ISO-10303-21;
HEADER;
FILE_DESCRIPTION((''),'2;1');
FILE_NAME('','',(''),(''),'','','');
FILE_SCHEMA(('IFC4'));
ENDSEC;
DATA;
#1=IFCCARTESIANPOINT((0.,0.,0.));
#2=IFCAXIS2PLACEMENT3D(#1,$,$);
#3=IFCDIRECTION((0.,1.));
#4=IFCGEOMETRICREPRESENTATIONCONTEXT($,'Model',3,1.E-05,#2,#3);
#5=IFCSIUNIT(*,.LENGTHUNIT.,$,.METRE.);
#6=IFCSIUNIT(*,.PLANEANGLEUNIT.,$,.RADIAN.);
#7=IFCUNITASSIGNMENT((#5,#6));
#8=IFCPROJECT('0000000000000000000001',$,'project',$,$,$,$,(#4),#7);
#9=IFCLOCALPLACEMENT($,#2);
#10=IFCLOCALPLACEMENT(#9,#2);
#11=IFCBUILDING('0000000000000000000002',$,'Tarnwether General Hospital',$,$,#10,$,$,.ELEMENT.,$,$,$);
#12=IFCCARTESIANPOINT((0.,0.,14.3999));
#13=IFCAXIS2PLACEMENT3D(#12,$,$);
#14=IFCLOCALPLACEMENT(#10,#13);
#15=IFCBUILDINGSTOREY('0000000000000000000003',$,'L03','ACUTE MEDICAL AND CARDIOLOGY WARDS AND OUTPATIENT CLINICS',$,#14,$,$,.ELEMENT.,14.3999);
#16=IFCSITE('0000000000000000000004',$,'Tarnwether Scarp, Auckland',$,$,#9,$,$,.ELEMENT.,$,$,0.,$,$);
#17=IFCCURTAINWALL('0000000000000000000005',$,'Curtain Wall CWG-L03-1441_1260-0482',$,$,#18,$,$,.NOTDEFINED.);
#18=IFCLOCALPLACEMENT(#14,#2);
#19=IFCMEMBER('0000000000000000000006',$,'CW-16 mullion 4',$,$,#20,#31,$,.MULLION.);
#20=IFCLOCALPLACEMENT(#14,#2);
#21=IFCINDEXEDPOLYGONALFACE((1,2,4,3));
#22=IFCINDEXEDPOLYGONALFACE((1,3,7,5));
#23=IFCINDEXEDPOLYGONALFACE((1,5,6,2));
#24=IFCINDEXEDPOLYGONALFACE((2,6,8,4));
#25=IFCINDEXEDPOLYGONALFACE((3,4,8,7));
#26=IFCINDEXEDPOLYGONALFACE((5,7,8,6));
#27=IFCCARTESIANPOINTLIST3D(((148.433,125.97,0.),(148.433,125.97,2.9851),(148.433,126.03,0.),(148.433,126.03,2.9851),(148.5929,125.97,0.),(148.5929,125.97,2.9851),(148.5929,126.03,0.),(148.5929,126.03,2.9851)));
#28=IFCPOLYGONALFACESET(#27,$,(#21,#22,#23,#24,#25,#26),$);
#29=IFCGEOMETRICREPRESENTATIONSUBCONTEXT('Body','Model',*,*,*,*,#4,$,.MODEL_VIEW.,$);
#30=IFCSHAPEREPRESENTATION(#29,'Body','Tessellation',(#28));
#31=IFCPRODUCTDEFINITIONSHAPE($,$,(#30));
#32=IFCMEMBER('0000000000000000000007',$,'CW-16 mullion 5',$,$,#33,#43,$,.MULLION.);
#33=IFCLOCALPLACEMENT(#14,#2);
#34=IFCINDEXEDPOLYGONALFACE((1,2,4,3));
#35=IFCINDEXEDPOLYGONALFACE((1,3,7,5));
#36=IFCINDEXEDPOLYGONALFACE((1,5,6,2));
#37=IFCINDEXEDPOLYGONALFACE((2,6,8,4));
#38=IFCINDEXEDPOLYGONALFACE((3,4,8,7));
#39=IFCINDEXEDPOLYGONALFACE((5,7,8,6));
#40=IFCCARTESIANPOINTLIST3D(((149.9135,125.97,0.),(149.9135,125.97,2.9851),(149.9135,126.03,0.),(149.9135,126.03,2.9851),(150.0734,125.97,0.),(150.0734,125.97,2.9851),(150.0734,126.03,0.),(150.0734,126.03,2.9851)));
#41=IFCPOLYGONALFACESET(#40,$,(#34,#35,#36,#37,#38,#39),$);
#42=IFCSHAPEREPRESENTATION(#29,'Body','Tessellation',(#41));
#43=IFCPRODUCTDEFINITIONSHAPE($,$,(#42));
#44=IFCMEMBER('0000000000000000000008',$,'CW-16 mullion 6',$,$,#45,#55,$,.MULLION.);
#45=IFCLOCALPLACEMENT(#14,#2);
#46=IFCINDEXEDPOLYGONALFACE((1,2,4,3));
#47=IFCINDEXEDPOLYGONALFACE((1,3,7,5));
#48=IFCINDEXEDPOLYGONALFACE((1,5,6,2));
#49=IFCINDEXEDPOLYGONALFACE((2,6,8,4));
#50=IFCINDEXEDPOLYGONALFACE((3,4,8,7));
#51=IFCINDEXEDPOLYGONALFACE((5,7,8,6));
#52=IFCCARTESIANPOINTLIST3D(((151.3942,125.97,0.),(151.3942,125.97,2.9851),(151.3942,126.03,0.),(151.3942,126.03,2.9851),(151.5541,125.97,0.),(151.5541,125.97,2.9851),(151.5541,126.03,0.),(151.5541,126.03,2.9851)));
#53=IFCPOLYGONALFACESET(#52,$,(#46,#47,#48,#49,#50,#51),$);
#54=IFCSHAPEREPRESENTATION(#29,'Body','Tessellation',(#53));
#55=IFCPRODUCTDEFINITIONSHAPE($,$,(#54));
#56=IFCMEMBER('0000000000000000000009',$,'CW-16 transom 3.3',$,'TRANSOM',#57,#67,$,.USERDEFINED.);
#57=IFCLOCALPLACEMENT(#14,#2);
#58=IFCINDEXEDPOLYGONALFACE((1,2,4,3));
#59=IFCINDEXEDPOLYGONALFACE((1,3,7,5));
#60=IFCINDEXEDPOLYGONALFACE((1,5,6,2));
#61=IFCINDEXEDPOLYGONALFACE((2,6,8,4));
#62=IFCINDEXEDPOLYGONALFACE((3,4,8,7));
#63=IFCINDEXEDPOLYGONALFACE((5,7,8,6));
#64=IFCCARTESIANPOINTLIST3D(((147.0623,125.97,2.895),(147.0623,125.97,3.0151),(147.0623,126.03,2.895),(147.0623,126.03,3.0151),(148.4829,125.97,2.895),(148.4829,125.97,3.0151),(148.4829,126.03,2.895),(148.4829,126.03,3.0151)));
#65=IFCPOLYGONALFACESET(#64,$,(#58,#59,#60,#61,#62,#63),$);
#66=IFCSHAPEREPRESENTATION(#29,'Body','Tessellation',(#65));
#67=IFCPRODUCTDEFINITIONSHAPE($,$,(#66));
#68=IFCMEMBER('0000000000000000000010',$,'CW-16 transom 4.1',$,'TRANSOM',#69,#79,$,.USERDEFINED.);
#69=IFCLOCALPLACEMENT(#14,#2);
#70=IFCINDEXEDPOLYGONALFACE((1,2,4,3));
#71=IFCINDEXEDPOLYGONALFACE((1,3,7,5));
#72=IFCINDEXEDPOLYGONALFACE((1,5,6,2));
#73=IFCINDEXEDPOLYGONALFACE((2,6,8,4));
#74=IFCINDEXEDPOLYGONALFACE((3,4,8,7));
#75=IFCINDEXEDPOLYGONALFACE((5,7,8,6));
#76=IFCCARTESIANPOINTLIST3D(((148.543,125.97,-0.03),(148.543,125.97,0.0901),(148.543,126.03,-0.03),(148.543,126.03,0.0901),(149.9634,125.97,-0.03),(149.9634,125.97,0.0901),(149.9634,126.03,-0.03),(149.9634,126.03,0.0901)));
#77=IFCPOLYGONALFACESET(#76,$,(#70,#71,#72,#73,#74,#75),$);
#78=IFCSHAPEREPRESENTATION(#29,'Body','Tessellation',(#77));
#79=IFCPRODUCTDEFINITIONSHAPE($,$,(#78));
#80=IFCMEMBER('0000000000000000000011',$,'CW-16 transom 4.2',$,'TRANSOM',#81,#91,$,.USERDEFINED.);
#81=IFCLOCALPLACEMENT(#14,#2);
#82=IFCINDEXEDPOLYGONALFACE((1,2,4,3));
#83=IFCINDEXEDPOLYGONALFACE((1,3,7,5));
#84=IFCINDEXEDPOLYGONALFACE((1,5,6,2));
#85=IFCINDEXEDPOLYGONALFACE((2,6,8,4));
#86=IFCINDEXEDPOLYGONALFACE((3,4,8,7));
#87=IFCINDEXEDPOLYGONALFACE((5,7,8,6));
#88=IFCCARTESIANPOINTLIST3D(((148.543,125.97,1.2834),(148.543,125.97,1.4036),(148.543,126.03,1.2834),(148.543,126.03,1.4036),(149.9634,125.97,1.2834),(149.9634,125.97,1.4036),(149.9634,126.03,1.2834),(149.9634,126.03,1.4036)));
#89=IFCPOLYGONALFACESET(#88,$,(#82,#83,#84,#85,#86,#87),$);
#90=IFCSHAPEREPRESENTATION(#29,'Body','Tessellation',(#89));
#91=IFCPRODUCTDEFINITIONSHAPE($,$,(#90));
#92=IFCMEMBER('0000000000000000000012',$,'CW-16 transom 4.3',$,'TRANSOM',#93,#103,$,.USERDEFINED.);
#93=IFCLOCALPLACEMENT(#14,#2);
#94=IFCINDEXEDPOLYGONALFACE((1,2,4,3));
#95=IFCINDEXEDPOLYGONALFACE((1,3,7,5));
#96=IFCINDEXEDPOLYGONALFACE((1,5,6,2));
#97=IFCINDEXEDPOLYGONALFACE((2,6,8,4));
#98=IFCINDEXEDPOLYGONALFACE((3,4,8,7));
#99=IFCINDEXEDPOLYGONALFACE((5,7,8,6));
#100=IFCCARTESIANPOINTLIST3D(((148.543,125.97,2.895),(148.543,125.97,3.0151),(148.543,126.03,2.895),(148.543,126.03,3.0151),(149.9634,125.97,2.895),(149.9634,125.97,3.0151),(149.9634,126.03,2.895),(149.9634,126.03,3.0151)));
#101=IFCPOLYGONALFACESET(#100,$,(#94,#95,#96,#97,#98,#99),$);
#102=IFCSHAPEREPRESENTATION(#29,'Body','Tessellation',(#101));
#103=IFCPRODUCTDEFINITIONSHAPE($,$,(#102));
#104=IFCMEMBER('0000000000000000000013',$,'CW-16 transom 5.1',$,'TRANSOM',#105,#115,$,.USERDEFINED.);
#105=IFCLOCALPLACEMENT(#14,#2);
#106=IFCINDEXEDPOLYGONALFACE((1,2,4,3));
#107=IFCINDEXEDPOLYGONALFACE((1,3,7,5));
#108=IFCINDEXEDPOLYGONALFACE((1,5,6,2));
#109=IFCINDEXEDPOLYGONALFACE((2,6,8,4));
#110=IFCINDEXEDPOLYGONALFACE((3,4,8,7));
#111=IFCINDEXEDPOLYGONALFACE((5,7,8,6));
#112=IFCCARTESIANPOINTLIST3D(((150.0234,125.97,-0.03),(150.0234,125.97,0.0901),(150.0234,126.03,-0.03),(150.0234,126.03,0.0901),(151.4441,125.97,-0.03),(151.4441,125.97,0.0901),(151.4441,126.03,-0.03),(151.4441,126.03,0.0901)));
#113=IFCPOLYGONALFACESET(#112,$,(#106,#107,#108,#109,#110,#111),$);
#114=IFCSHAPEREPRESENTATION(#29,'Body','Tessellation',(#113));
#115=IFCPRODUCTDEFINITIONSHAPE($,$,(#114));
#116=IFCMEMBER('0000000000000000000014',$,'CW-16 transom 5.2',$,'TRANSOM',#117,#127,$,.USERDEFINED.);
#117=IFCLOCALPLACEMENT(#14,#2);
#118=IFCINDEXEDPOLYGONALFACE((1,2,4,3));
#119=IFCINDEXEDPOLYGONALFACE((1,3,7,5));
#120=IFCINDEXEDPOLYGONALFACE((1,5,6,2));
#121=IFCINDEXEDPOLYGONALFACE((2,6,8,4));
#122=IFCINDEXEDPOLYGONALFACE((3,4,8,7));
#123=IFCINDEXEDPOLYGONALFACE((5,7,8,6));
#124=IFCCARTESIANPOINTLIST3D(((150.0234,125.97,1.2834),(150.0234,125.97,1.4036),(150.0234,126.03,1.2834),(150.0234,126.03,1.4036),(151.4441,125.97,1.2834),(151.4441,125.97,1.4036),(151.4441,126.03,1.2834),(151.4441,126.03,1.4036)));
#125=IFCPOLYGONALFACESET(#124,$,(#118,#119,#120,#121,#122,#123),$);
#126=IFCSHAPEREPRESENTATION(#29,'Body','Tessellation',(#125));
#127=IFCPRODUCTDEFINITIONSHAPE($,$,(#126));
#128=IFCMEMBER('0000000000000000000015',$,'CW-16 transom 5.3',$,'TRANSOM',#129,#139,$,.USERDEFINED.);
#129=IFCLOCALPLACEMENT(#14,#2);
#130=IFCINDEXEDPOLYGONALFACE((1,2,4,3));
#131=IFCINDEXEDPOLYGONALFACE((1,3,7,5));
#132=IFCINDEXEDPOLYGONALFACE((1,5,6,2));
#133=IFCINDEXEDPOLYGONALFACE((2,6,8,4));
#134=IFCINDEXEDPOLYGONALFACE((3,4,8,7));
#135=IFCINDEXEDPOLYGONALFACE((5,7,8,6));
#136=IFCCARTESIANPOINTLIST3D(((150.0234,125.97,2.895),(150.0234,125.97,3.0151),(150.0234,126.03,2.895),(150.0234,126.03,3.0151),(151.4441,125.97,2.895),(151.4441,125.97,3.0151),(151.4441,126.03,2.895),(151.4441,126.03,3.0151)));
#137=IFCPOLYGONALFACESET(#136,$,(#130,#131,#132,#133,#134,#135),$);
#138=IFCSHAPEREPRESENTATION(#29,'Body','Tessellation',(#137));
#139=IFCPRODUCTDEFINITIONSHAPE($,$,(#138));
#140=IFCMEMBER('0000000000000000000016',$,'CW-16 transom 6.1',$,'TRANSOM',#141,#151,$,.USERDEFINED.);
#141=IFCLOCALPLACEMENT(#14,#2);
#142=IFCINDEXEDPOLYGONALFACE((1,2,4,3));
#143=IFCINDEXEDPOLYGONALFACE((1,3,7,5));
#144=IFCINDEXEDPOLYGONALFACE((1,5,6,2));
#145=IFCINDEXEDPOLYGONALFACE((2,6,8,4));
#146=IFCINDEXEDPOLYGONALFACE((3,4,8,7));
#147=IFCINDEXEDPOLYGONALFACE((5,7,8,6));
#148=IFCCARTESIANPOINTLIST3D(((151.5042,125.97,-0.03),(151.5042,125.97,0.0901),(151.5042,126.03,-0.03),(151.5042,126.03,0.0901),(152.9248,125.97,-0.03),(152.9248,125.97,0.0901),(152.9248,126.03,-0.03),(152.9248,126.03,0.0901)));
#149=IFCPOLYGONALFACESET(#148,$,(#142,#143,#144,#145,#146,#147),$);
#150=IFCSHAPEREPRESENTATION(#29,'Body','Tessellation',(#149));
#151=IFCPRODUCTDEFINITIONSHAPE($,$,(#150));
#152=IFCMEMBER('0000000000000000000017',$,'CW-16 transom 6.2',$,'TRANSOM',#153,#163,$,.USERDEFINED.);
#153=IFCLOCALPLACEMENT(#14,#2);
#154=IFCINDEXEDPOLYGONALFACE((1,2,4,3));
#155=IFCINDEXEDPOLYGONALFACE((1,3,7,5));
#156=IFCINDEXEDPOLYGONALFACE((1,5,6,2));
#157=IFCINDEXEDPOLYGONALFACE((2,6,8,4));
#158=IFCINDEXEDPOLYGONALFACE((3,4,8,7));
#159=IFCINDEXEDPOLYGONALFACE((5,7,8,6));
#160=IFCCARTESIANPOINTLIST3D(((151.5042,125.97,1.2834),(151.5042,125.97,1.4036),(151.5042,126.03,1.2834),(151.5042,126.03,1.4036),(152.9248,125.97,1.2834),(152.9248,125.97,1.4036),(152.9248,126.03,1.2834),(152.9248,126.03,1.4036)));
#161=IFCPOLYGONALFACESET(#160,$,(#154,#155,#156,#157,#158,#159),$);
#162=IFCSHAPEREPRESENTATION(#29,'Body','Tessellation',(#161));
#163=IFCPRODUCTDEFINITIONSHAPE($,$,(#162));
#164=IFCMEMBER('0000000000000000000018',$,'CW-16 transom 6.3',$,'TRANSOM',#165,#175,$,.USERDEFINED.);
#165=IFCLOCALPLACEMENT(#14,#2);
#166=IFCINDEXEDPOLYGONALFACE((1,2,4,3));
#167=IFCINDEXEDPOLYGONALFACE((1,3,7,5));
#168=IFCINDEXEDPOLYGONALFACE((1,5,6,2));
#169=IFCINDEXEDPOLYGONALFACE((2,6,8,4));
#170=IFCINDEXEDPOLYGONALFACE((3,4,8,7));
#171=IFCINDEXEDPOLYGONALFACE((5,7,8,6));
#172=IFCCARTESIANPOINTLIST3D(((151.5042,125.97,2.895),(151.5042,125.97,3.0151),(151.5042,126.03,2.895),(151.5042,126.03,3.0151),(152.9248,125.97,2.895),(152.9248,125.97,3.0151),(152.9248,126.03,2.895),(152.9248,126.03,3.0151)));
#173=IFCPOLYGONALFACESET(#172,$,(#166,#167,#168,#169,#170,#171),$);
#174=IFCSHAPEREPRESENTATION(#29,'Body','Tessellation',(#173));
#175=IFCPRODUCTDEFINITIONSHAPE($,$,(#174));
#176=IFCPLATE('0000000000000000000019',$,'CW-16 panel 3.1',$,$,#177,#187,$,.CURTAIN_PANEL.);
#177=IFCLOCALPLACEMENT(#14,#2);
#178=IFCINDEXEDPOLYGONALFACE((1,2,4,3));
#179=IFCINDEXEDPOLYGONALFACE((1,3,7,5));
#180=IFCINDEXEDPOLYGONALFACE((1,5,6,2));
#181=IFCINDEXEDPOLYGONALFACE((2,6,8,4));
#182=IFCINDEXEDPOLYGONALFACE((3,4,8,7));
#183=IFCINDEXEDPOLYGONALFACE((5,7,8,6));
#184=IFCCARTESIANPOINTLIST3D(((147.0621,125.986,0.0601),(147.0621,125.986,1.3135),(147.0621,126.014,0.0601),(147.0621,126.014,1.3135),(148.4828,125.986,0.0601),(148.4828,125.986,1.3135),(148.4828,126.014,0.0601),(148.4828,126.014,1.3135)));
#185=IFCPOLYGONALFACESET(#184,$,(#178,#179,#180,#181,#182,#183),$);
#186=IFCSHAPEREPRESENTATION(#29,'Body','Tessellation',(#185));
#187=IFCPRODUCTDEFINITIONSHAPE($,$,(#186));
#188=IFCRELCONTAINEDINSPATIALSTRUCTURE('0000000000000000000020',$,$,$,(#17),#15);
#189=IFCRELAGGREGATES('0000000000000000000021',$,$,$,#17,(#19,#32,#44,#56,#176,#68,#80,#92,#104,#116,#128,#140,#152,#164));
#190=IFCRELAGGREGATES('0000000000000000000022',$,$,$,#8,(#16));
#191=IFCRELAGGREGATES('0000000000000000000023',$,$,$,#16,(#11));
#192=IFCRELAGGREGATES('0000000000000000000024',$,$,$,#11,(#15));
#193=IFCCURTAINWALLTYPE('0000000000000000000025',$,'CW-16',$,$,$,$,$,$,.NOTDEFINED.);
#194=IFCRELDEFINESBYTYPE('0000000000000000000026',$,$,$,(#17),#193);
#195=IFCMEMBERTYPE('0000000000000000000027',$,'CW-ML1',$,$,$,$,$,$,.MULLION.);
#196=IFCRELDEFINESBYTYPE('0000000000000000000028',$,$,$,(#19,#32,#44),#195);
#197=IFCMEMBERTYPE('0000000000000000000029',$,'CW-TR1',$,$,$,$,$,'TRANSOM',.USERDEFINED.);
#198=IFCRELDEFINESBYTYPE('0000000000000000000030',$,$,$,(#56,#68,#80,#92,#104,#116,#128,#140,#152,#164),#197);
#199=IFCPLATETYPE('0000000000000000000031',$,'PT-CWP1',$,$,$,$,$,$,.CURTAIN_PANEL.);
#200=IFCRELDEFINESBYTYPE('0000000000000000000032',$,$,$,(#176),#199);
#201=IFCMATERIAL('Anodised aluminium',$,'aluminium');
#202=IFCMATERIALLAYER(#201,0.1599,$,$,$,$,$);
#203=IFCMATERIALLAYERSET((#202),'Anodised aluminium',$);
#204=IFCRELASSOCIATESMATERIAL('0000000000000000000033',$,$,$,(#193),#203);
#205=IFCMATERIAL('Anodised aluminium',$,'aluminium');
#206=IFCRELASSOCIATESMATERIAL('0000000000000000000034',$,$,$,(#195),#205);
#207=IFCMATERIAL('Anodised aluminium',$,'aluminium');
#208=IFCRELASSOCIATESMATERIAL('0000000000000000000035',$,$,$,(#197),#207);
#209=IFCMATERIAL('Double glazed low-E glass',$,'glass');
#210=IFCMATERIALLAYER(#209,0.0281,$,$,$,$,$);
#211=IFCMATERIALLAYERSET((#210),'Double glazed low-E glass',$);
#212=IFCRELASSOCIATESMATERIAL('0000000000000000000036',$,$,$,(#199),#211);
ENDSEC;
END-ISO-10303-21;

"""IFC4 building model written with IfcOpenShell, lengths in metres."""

from ifc_helpers import new_model, si_unit, direction, frame, origin, origin_2d, place, context, subcontext, project, spatial, rectangle, extrude, material, layer, layer_set, material_profile, profile_set, type_object, element, aggregate, save


model = new_model("IFC4")

# Units and contexts
model_context = context("Model", 3, precision=1e-05, world=origin(), true_north=direction((0.0, 1.0)))
body_context = subcontext(model_context, "Body", "Model", "MODEL_VIEW")
ifc_project = project(units=[si_unit("LENGTHUNIT", "METRE"), si_unit("PLANEANGLEUNIT", "RADIAN")], contexts=[model_context])

# Site, building, storey
site_placement = place(None, origin())
site = spatial("IfcSite", under=ifc_project, at=site_placement, Name="Tarnwether Scarp, Auckland", CompositionType="ELEMENT", RefElevation=0.0)
building_placement = place(site_placement, origin())
building = spatial("IfcBuilding", under=site, at=building_placement, Name="Tarnwether General Hospital", CompositionType="ELEMENT")
storey_placement = place(building_placement, frame((0.0, 0.0, 14.3999)))
storey = spatial("IfcBuildingStorey", under=building, at=storey_placement, Name="L03", Description="ACUTE MEDICAL AND CARDIOLOGY WARDS AND OUTPATIENT CLINICS", CompositionType="ELEMENT", Elevation=14.3999)

# Curtain wall, members, plate
ifc_material_1 = material(Name="Anodised aluminium", Category="aluminium")
ifc_layer_1 = layer(ifc_material_1, 0.1599)
ifc_layer_set_1 = layer_set([ifc_layer_1], Name="Anodised aluminium")
curtain_wall_type = type_object("IfcCurtainWallType", Name="CW-16", PredefinedType="NOTDEFINED", material=ifc_layer_set_1)
curtain_wall_placement = place(storey_placement, origin())
curtain_wall = element("IfcCurtainWall", 1, at=curtain_wall_placement, inside=storey, type_object=curtain_wall_type, Name="Curtain Wall CWG-L03-1441_1260-0482", PredefinedType="NOTDEFINED")
ifc_material_2 = material(Name="Anodised aluminium", Category="aluminium")
ifc_material_profile_1 = material_profile(ifc_material_2, rectangle(XDim=0.0601, YDim=0.1599, at=origin_2d()), Name="ALU-MUL-60x160")
ifc_profile_set_1 = profile_set([ifc_material_profile_1], Name="Anodised aluminium")
member_type_1 = type_object("IfcMemberType", Name="CW-ML1", PredefinedType="MULLION", material=ifc_profile_set_1)
member_1_placement = place(storey_placement, frame((148.5129, 126.0, 0.0), z_axis=(0.0, 0.0, 1.0), x_axis=(0.0, 1.0, 0.0)))
member_1 = element("IfcMember", 2, at=member_1_placement, type_object=member_type_1, Name="CW-16 mullion 4", PredefinedType="MULLION", context=body_context, shape_type="SweptSolid", body=[
    extrude(rectangle(XDim=0.0601, YDim=0.1599, at=origin_2d()), origin(), (0.0, 0.0, 1.0), 2.9851),
])
member_2_placement = place(storey_placement, frame((149.9934, 126.0, 0.0), z_axis=(0.0, 0.0, 1.0), x_axis=(0.0, 1.0, 0.0)))
member_2 = element("IfcMember", 3, at=member_2_placement, type_object=member_type_1, Name="CW-16 mullion 5", PredefinedType="MULLION", context=body_context, shape_type="SweptSolid", body=[
    extrude(rectangle(XDim=0.0601, YDim=0.1599, at=origin_2d()), origin(), (0.0, 0.0, 1.0), 2.9851),
])
member_3_placement = place(storey_placement, frame((151.4741, 126.0, 0.0), z_axis=(0.0, 0.0, 1.0), x_axis=(0.0, 1.0, 0.0)))
member_3 = element("IfcMember", 4, at=member_3_placement, type_object=member_type_1, Name="CW-16 mullion 6", PredefinedType="MULLION", context=body_context, shape_type="SweptSolid", body=[
    extrude(rectangle(XDim=0.0601, YDim=0.1599, at=origin_2d()), origin(), (0.0, 0.0, 1.0), 2.9851),
])
ifc_material_3 = material(Name="Anodised aluminium", Category="aluminium")
ifc_material_profile_2 = material_profile(ifc_material_3, rectangle(XDim=0.0601, YDim=0.1201, at=origin_2d()), Name="ALU-TRN-60x120")
ifc_profile_set_2 = profile_set([ifc_material_profile_2], Name="Anodised aluminium")
member_type_2 = type_object("IfcMemberType", Name="CW-TR1", ElementType="TRANSOM", PredefinedType="USERDEFINED", material=ifc_profile_set_2)
member_4_placement = place(storey_placement, frame((147.0623, 126.0, 2.9551), z_axis=(1.0, 0.0, 0.0), x_axis=(0.0, 1.0, 0.0)))
member_4 = element("IfcMember", 5, at=member_4_placement, type_object=member_type_2, Name="CW-16 transom 3.3", ObjectType="TRANSOM", PredefinedType="USERDEFINED", context=body_context, shape_type="SweptSolid", body=[
    extrude(rectangle(XDim=0.0601, YDim=0.1201, at=origin_2d()), origin(), (0.0, 0.0, 1.0), 1.4207),
])
member_5_placement = place(storey_placement, frame((148.543, 126.0, 0.03), z_axis=(1.0, 0.0, 0.0), x_axis=(0.0, 1.0, 0.0)))
member_5 = element("IfcMember", 6, at=member_5_placement, type_object=member_type_2, Name="CW-16 transom 4.1", ObjectType="TRANSOM", PredefinedType="USERDEFINED", context=body_context, shape_type="SweptSolid", body=[
    extrude(rectangle(XDim=0.0601, YDim=0.1201, at=origin_2d()), origin(), (0.0, 0.0, 1.0), 1.4204),
])
member_6_placement = place(storey_placement, frame((148.543, 126.0, 1.3435), z_axis=(1.0, 0.0, 0.0), x_axis=(0.0, 1.0, 0.0)))
member_6 = element("IfcMember", 7, at=member_6_placement, type_object=member_type_2, Name="CW-16 transom 4.2", ObjectType="TRANSOM", PredefinedType="USERDEFINED", context=body_context, shape_type="SweptSolid", body=[
    extrude(rectangle(XDim=0.0601, YDim=0.1201, at=origin_2d()), origin(), (0.0, 0.0, 1.0), 1.4204),
])
member_7_placement = place(storey_placement, frame((148.543, 126.0, 2.9551), z_axis=(1.0, 0.0, 0.0), x_axis=(0.0, 1.0, 0.0)))
member_7 = element("IfcMember", 8, at=member_7_placement, type_object=member_type_2, Name="CW-16 transom 4.3", ObjectType="TRANSOM", PredefinedType="USERDEFINED", context=body_context, shape_type="SweptSolid", body=[
    extrude(rectangle(XDim=0.0601, YDim=0.1201, at=origin_2d()), origin(), (0.0, 0.0, 1.0), 1.4204),
])
member_8_placement = place(storey_placement, frame((150.0234, 126.0, 0.03), z_axis=(1.0, 0.0, 0.0), x_axis=(0.0, 1.0, 0.0)))
member_8 = element("IfcMember", 9, at=member_8_placement, type_object=member_type_2, Name="CW-16 transom 5.1", ObjectType="TRANSOM", PredefinedType="USERDEFINED", context=body_context, shape_type="SweptSolid", body=[
    extrude(rectangle(XDim=0.0601, YDim=0.1201, at=origin_2d()), origin(), (0.0, 0.0, 1.0), 1.4207),
])
member_9_placement = place(storey_placement, frame((150.0234, 126.0, 1.3435), z_axis=(1.0, 0.0, 0.0), x_axis=(0.0, 1.0, 0.0)))
member_9 = element("IfcMember", 10, at=member_9_placement, type_object=member_type_2, Name="CW-16 transom 5.2", ObjectType="TRANSOM", PredefinedType="USERDEFINED", context=body_context, shape_type="SweptSolid", body=[
    extrude(rectangle(XDim=0.0601, YDim=0.1201, at=origin_2d()), origin(), (0.0, 0.0, 1.0), 1.4207),
])
member_10_placement = place(storey_placement, frame((150.0234, 126.0, 2.9551), z_axis=(1.0, 0.0, 0.0), x_axis=(0.0, 1.0, 0.0)))
member_10 = element("IfcMember", 11, at=member_10_placement, type_object=member_type_2, Name="CW-16 transom 5.3", ObjectType="TRANSOM", PredefinedType="USERDEFINED", context=body_context, shape_type="SweptSolid", body=[
    extrude(rectangle(XDim=0.0601, YDim=0.1201, at=origin_2d()), origin(), (0.0, 0.0, 1.0), 1.4207),
])
member_11_placement = place(storey_placement, frame((151.5042, 126.0, 0.03), z_axis=(1.0, 0.0, 0.0), x_axis=(0.0, 1.0, 0.0)))
member_11 = element("IfcMember", 12, at=member_11_placement, type_object=member_type_2, Name="CW-16 transom 6.1", ObjectType="TRANSOM", PredefinedType="USERDEFINED", context=body_context, shape_type="SweptSolid", body=[
    extrude(rectangle(XDim=0.0601, YDim=0.1201, at=origin_2d()), origin(), (0.0, 0.0, 1.0), 1.4207),
])
member_12_placement = place(storey_placement, frame((151.5042, 126.0, 1.3435), z_axis=(1.0, 0.0, 0.0), x_axis=(0.0, 1.0, 0.0)))
member_12 = element("IfcMember", 13, at=member_12_placement, type_object=member_type_2, Name="CW-16 transom 6.2", ObjectType="TRANSOM", PredefinedType="USERDEFINED", context=body_context, shape_type="SweptSolid", body=[
    extrude(rectangle(XDim=0.0601, YDim=0.1201, at=origin_2d()), origin(), (0.0, 0.0, 1.0), 1.4207),
])
member_13_placement = place(storey_placement, frame((151.5042, 126.0, 2.9551), z_axis=(1.0, 0.0, 0.0), x_axis=(0.0, 1.0, 0.0)))
member_13 = element("IfcMember", 14, at=member_13_placement, type_object=member_type_2, Name="CW-16 transom 6.3", ObjectType="TRANSOM", PredefinedType="USERDEFINED", context=body_context, shape_type="SweptSolid", body=[
    extrude(rectangle(XDim=0.0601, YDim=0.1201, at=origin_2d()), origin(), (0.0, 0.0, 1.0), 1.4207),
])
ifc_material_4 = material(Name="Double glazed low-E glass", Category="glass")
ifc_layer_2 = layer(ifc_material_4, 0.0281)
ifc_layer_set_2 = layer_set([ifc_layer_2], Name="Double glazed low-E glass")
plate_type = type_object("IfcPlateType", Name="PT-CWP1", PredefinedType="CURTAIN_PANEL", material=ifc_layer_set_2)
plate_1_placement = place(storey_placement, frame((147.7725, 126.0, 0.0601), z_axis=(0.0, 0.0, 1.0), x_axis=(1.0, 0.0, 0.0)))
plate_1 = element("IfcPlate", 15, at=plate_1_placement, type_object=plate_type, Name="CW-16 panel 3.1", PredefinedType="CURTAIN_PANEL", context=body_context, shape_type="SweptSolid", body=[
    extrude(rectangle(XDim=1.4207, YDim=0.0281, at=origin_2d()), origin(), (0.0, 0.0, 1.0), 1.2534),
])
aggregate(curtain_wall, [member_1, member_2, member_3, member_4, plate_1, member_5, member_6, member_7, member_8, member_9, member_10, member_11, member_12, member_13])

save(model, "model.ifc")
